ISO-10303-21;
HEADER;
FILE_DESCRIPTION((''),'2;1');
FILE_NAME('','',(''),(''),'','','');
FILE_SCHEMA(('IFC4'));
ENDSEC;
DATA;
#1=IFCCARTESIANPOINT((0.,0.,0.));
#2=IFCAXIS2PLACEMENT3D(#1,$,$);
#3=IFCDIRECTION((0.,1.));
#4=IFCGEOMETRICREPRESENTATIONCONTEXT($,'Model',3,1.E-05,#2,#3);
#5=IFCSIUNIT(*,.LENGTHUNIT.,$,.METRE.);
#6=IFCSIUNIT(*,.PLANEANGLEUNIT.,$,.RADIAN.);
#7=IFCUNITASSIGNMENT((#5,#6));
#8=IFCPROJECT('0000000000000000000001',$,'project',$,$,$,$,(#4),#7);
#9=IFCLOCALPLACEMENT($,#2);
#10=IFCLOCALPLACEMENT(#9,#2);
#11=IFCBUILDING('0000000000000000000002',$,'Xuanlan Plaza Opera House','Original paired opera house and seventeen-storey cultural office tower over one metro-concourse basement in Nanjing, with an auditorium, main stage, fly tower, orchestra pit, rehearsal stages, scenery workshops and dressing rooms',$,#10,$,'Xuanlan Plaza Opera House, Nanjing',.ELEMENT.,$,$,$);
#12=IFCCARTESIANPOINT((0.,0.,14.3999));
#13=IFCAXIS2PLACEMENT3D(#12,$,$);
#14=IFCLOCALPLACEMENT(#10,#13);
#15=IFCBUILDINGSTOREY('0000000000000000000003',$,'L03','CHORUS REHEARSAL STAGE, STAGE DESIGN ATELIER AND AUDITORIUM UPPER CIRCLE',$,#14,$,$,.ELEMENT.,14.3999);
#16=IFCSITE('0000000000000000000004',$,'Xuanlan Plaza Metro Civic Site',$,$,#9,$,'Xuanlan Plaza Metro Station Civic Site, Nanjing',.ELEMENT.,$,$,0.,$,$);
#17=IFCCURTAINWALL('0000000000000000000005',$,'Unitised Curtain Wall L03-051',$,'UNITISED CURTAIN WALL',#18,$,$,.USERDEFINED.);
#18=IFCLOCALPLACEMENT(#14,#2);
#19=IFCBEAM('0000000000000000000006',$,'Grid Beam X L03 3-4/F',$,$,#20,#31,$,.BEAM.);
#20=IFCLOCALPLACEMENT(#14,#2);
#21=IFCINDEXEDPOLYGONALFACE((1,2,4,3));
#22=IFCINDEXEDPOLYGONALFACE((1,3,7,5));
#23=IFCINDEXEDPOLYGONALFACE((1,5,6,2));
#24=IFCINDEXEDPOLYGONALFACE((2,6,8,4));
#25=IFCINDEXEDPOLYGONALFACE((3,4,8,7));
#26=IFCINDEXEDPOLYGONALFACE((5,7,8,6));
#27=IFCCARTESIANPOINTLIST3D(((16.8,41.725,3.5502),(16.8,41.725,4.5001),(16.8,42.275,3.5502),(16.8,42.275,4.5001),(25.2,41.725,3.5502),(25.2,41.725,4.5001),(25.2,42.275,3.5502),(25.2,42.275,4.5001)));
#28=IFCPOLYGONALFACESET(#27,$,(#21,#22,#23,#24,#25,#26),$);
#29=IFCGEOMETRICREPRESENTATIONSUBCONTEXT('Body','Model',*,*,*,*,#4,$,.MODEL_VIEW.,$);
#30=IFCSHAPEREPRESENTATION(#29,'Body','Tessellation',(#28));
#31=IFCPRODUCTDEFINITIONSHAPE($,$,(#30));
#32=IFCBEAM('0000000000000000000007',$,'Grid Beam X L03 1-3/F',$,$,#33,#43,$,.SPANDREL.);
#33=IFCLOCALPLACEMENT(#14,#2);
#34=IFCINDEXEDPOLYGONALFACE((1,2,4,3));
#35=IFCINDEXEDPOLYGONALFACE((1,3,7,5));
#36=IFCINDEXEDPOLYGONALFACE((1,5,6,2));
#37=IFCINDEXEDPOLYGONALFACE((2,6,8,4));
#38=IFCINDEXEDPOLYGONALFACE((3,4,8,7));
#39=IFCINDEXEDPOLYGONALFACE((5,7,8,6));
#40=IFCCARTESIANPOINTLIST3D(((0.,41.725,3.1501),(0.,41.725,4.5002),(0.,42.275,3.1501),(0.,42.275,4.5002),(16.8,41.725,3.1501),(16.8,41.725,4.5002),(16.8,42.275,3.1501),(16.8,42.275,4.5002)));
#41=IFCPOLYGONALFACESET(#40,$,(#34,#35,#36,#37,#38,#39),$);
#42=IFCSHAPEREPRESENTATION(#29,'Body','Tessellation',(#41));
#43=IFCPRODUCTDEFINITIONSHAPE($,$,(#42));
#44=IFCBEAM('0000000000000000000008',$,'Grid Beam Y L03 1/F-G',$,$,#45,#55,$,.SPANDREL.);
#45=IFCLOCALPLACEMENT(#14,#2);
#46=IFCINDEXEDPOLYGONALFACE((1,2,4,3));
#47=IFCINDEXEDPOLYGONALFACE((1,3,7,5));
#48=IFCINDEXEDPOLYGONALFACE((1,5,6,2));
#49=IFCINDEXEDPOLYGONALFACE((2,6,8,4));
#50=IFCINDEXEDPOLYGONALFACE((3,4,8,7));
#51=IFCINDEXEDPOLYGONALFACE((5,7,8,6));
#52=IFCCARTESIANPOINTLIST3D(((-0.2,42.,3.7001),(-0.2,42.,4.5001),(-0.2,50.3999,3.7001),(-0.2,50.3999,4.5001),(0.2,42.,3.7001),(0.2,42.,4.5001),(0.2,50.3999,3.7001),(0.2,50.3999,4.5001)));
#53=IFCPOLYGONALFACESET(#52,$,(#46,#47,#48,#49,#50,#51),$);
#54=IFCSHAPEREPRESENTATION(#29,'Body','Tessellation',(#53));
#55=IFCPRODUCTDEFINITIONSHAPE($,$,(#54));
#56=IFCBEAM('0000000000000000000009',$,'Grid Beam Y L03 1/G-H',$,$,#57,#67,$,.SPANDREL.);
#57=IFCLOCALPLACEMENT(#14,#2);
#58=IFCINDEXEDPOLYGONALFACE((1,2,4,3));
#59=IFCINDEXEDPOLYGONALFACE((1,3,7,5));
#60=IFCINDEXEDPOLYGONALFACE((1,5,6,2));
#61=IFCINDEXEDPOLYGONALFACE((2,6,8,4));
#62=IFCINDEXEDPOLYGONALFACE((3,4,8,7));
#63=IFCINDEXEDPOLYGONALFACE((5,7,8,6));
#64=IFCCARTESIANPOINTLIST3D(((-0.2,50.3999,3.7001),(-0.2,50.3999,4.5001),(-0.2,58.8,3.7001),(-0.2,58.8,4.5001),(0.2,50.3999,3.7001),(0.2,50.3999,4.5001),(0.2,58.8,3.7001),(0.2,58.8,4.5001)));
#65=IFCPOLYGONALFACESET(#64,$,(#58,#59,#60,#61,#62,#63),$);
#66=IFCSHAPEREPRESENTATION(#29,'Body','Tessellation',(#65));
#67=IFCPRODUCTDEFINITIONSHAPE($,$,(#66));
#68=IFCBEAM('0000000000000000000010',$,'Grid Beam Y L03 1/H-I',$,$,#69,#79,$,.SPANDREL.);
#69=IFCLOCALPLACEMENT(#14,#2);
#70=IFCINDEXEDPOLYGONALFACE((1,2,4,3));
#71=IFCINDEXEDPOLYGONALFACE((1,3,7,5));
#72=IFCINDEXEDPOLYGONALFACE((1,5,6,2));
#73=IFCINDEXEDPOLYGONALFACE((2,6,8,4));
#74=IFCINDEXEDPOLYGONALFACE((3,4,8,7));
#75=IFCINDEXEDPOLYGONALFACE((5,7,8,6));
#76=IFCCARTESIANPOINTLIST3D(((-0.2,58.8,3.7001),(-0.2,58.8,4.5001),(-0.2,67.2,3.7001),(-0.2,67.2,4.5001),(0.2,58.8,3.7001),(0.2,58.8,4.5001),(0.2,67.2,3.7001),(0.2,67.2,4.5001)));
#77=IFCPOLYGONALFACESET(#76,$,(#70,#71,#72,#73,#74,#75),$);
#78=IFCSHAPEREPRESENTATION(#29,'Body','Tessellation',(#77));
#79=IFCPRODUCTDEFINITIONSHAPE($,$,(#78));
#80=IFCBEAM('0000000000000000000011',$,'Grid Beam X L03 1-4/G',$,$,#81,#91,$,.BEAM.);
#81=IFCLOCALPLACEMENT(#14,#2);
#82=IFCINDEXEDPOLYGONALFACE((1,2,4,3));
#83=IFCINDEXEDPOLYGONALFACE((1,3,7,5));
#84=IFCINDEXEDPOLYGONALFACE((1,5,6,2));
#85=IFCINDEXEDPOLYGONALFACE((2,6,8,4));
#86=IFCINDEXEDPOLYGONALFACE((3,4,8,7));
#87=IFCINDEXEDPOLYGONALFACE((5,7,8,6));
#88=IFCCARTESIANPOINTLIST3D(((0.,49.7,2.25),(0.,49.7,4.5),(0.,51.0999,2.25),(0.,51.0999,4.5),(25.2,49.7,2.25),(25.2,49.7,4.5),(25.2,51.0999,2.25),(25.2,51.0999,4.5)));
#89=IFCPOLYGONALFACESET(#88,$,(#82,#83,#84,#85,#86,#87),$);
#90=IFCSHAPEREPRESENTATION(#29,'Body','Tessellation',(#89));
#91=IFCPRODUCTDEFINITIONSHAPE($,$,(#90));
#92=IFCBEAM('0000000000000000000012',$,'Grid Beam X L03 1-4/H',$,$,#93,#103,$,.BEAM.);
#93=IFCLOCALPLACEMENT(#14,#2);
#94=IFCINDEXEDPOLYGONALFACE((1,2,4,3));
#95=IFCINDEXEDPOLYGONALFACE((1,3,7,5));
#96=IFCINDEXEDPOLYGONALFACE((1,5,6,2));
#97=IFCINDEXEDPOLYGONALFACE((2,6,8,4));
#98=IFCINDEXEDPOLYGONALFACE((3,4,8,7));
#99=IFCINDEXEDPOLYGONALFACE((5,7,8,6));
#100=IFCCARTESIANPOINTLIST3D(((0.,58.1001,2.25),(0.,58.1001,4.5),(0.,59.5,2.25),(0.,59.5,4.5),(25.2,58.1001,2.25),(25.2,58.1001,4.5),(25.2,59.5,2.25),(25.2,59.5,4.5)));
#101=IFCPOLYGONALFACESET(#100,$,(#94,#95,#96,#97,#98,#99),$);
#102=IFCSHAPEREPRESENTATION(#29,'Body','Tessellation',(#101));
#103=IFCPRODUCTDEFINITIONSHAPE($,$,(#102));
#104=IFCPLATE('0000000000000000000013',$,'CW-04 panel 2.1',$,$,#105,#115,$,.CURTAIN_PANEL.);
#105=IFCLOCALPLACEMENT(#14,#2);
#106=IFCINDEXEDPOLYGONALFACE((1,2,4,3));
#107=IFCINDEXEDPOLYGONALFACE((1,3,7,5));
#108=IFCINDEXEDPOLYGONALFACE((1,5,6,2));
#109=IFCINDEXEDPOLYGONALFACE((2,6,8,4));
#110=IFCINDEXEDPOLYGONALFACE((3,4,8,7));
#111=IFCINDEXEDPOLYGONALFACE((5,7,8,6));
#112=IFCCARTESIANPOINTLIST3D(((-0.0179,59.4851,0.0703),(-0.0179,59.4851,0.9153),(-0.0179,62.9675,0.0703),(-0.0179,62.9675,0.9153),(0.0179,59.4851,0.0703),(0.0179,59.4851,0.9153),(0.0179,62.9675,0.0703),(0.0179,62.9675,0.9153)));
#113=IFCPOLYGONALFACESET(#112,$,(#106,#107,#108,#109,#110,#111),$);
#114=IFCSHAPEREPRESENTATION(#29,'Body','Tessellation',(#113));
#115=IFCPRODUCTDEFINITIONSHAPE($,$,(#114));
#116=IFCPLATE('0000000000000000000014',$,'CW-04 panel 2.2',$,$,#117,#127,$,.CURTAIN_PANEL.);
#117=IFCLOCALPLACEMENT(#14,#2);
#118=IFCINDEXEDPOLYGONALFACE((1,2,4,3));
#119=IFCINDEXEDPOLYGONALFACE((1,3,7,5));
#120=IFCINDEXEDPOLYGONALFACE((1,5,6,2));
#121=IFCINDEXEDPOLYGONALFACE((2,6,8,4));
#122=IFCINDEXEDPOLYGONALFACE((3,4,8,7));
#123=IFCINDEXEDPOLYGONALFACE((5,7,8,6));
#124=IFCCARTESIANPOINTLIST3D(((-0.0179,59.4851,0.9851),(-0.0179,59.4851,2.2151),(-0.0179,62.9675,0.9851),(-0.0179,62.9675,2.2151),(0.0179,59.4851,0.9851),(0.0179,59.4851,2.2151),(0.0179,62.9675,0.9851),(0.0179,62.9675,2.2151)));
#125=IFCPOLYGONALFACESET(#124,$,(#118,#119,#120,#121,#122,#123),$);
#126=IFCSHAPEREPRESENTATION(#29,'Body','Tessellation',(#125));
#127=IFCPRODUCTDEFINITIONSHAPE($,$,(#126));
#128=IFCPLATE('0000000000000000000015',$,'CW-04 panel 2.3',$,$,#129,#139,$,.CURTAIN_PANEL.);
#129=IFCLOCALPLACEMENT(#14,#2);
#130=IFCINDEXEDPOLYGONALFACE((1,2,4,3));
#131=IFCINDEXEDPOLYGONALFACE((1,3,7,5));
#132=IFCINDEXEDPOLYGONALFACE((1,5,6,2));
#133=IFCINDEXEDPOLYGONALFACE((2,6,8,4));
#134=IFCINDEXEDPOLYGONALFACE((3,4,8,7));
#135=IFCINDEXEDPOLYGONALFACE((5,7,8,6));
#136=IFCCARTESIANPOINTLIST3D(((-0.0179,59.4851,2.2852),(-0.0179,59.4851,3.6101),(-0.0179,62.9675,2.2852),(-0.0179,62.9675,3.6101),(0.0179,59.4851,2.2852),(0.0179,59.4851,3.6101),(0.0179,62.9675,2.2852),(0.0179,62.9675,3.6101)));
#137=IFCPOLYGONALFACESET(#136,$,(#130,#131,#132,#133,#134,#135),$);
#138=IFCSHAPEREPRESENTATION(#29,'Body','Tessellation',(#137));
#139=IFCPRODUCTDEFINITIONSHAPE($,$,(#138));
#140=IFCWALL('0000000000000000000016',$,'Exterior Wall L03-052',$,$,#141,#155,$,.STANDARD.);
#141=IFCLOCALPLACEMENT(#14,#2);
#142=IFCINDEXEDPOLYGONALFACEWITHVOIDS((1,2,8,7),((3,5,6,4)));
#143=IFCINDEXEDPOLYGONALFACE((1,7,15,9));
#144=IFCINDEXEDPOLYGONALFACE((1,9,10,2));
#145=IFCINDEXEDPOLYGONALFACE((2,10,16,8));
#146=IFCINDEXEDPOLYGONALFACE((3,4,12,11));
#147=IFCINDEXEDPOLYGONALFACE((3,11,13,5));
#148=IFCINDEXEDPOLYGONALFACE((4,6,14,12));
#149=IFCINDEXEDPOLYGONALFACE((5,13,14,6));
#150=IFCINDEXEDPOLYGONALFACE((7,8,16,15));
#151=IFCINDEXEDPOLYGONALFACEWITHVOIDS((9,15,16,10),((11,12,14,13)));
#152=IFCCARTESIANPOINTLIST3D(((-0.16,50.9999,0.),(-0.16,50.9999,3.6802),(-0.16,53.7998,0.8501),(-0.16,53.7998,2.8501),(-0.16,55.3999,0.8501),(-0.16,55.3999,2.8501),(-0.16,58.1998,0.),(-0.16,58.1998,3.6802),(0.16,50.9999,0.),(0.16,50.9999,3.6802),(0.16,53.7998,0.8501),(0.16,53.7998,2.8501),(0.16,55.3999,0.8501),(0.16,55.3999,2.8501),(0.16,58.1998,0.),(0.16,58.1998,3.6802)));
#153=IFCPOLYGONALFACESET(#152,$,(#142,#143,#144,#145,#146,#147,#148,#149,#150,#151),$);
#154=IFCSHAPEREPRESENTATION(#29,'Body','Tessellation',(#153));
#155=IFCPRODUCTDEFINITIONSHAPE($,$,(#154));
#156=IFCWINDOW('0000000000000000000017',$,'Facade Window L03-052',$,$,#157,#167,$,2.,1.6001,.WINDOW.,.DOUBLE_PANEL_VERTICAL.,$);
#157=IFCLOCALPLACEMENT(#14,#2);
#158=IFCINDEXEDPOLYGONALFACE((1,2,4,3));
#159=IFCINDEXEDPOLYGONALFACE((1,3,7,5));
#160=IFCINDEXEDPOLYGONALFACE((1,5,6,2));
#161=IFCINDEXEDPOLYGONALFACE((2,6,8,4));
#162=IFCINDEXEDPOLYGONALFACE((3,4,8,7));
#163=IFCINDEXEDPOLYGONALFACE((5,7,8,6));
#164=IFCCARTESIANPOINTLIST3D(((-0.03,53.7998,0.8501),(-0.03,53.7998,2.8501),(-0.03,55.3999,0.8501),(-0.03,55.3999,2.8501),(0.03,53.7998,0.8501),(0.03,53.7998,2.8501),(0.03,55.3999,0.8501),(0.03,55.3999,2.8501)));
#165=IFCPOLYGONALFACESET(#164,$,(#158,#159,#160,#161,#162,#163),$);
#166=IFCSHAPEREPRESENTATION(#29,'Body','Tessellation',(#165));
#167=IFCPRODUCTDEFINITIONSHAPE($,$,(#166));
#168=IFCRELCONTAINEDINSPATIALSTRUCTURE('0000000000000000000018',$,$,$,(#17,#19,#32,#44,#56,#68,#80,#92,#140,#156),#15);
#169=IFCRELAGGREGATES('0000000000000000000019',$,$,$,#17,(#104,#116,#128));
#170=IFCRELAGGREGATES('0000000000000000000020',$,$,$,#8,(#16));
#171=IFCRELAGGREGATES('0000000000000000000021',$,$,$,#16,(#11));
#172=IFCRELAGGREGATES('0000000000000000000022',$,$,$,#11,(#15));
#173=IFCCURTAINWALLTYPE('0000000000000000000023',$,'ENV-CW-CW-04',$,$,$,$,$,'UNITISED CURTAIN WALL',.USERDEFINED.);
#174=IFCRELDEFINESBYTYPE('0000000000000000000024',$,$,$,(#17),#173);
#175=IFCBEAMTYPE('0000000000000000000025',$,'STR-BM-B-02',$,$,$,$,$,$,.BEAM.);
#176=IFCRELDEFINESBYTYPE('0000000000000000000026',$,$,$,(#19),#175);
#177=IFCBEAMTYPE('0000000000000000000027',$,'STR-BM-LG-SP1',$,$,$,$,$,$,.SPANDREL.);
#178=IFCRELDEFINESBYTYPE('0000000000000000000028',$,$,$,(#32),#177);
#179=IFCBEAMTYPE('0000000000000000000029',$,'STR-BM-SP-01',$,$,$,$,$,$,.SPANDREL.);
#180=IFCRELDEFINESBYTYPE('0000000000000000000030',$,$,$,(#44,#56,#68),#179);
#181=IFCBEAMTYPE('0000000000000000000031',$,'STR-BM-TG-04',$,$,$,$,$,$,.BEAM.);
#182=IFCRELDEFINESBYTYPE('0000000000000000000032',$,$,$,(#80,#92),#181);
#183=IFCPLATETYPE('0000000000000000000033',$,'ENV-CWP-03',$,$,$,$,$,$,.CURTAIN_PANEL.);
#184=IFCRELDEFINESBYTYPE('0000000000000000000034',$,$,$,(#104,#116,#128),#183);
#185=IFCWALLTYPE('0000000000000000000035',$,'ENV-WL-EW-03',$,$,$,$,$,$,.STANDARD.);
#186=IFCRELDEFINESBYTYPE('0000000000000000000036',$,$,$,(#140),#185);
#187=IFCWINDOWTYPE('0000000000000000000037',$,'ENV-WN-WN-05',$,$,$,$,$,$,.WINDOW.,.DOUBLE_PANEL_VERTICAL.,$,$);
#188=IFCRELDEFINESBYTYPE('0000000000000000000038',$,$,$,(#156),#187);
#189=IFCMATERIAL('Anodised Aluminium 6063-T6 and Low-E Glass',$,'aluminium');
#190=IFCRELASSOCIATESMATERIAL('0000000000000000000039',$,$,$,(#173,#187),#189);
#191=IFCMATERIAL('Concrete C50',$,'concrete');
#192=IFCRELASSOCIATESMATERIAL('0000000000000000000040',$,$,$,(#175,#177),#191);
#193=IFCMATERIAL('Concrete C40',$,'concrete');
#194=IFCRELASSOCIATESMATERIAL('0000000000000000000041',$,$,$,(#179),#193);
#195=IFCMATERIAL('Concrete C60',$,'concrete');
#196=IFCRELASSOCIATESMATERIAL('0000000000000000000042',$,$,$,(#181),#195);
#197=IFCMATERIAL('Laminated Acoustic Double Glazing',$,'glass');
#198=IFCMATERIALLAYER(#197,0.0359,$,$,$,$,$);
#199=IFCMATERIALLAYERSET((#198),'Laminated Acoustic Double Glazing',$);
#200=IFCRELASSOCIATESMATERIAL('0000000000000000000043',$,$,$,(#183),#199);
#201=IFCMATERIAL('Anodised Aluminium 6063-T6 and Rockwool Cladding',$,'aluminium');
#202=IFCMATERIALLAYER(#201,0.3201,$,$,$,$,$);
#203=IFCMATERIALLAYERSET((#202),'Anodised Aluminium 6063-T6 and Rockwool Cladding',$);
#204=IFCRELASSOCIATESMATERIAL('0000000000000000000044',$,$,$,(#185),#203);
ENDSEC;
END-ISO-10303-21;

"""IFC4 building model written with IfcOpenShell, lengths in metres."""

from ifc_helpers import new_model, si_unit, direction, frame, frame_2d, origin, origin_2d, place, context, subcontext, project, spatial, rectangle, extrude, material, layer, layer_set, material_profile, profile_set, type_object, element, fill, aggregate, save


model = new_model("IFC4")

# Units and contexts
model_context = context("Model", 3, precision=1e-05, world=origin(), true_north=direction((0.0, 1.0)))
body_context = subcontext(model_context, "Body", "Model", "MODEL_VIEW")
ifc_project = project(units=[si_unit("LENGTHUNIT", "METRE"), si_unit("PLANEANGLEUNIT", "RADIAN")], contexts=[model_context])

# Site, building, storey
site_placement = place(None, origin())
site = spatial("IfcSite", under=ifc_project, at=site_placement, Name="Xuanlan Plaza Metro Civic Site", LongName="Xuanlan Plaza Metro Station Civic Site, Nanjing", CompositionType="ELEMENT", RefElevation=0.0)
building_placement = place(site_placement, origin())
building = spatial("IfcBuilding", under=site, at=building_placement, Name="Xuanlan Plaza Opera House", Description="Original paired opera house and seventeen-storey cultural office tower over one metro-concourse basement in Nanjing, with an auditorium, main stage, fly tower, orchestra pit, rehearsal stages, scenery workshops and dressing rooms", LongName="Xuanlan Plaza Opera House, Nanjing", CompositionType="ELEMENT")
storey_placement = place(building_placement, frame((0.0, 0.0, 14.3999)))
storey = spatial("IfcBuildingStorey", under=building, at=storey_placement, Name="L03", Description="CHORUS REHEARSAL STAGE, STAGE DESIGN ATELIER AND AUDITORIUM UPPER CIRCLE", CompositionType="ELEMENT", Elevation=14.3999)

# Shared definitions
ifc_material_1 = material(Name="Concrete C60", Category="concrete")
ifc_material_2 = material(Name="Concrete C40", Category="concrete")

# Curtain wall
ifc_material_3 = material(Name="Anodised Aluminium 6063-T6 and Low-E Glass", Category="aluminium")
curtain_wall_type_1 = type_object("IfcCurtainWallType", Name="ENV-CW-CW-04", ElementType="UNITISED CURTAIN WALL", PredefinedType="USERDEFINED", material=ifc_material_3)
curtain_wall_1_placement = place(storey_placement, origin())
curtain_wall_1 = element("IfcCurtainWall", 1, at=curtain_wall_1_placement, inside=storey, type_object=curtain_wall_type_1, Name="Unitised Curtain Wall L03-051", ObjectType="UNITISED CURTAIN WALL", PredefinedType="USERDEFINED")

# Beams
ifc_material_4 = material(Name="Concrete C50", Category="concrete")
ifc_material_profile_1 = material_profile(ifc_material_4, rectangle(XDim=0.55, YDim=0.95, at=origin_2d()), Name="RC-BM 550x950")
ifc_profile_set_1 = profile_set([ifc_material_profile_1], Name="Concrete C50")
beam_type_1 = type_object("IfcBeamType", Name="STR-BM-B-02", PredefinedType="BEAM", material=ifc_profile_set_1)
beam_1_placement = place(storey_placement, frame((16.8, 42.0, 4.0251), z_axis=(1.0, 0.0, 0.0), x_axis=(0.0, 1.0, 0.0)))
element("IfcBeam", 2, at=beam_1_placement, inside=storey, type_object=beam_type_1, Name="Grid Beam X L03 3-4/F", PredefinedType="BEAM", context=body_context, shape_type="SweptSolid", body=[
    extrude(rectangle(XDim=0.55, YDim=0.95, at=origin_2d()), origin(), (0.0, 0.0, 1.0), 8.3999),
])
ifc_material_profile_2 = material_profile(ifc_material_4, rectangle(XDim=0.55, YDim=1.3501, at=origin_2d()), Name="RC-SPD 550x1350")
ifc_profile_set_2 = profile_set([ifc_material_profile_2], Name="Concrete C50")
beam_type_2 = type_object("IfcBeamType", Name="STR-BM-LG-SP1", PredefinedType="SPANDREL", material=ifc_profile_set_2)
beam_2_placement = place(storey_placement, frame((0.0, 42.0, 3.8252), z_axis=(1.0, 0.0, 0.0), x_axis=(0.0, 1.0, 0.0)))
element("IfcBeam", 3, at=beam_2_placement, inside=storey, type_object=beam_type_2, Name="Grid Beam X L03 1-3/F", PredefinedType="SPANDREL", context=body_context, shape_type="SweptSolid", body=[
    extrude(rectangle(XDim=0.55, YDim=1.3501, at=origin_2d()), origin(), (0.0, 0.0, 1.0), 16.8),
])
ifc_material_profile_3 = material_profile(ifc_material_2, rectangle(XDim=0.3999, YDim=0.8, at=origin_2d()), Name="RC-SPD 400x800")
ifc_profile_set_3 = profile_set([ifc_material_profile_3], Name="Concrete C40")
beam_type_3 = type_object("IfcBeamType", Name="STR-BM-SP-01", PredefinedType="SPANDREL", material=ifc_profile_set_3)
beam_3_placement = place(storey_placement, frame((0.0, 42.0, 4.1001), z_axis=(0.0, 1.0, 0.0), x_axis=(-1.0, 0.0, 0.0)))
element("IfcBeam", 4, at=beam_3_placement, inside=storey, type_object=beam_type_3, Name="Grid Beam Y L03 1/F-G", PredefinedType="SPANDREL", context=body_context, shape_type="SweptSolid", body=[
    extrude(rectangle(XDim=0.3999, YDim=0.8, at=origin_2d()), origin(), (0.0, 0.0, 1.0), 8.3999),
])
beam_4_placement = place(storey_placement, frame((0.0, 50.3999, 4.1001), z_axis=(0.0, 1.0, 0.0), x_axis=(-1.0, 0.0, 0.0)))
element("IfcBeam", 5, at=beam_4_placement, inside=storey, type_object=beam_type_3, Name="Grid Beam Y L03 1/G-H", PredefinedType="SPANDREL", context=body_context, shape_type="SweptSolid", body=[
    extrude(rectangle(XDim=0.3999, YDim=0.8, at=origin_2d()), origin(), (0.0, 0.0, 1.0), 8.4001),
])
beam_5_placement = place(storey_placement, frame((0.0, 58.8, 4.1001), z_axis=(0.0, 1.0, 0.0), x_axis=(-1.0, 0.0, 0.0)))
element("IfcBeam", 6, at=beam_5_placement, inside=storey, type_object=beam_type_3, Name="Grid Beam Y L03 1/H-I", PredefinedType="SPANDREL", context=body_context, shape_type="SweptSolid", body=[
    extrude(rectangle(XDim=0.3999, YDim=0.8, at=origin_2d()), origin(), (0.0, 0.0, 1.0), 8.3999),
])
ifc_material_profile_4 = material_profile(ifc_material_1, rectangle(XDim=1.3999, YDim=2.25, at=origin_2d()), Name="RC-TG 1400x2250")
ifc_profile_set_4 = profile_set([ifc_material_profile_4], Name="Concrete C60")
beam_type_4 = type_object("IfcBeamType", Name="STR-BM-TG-04", PredefinedType="BEAM", material=ifc_profile_set_4)
for number, where, z_axis, x_axis, name in (
    (7, (0.0, 50.3999, 3.375), (1.0, 0.0, 0.0), (0.0, 1.0, 0.0), "Grid Beam X L03 1-4/G"),
    (8, (0.0, 58.8, 3.375), (1.0, 0.0, 0.0), (0.0, 1.0, 0.0), "Grid Beam X L03 1-4/H"),
):
    element("IfcBeam", number, at=place(storey_placement, frame(where, z_axis=z_axis, x_axis=x_axis)), inside=storey, type_object=beam_type_4, Name=name, PredefinedType="BEAM", context=body_context, shape_type="SweptSolid", body=[
        extrude(rectangle(XDim=1.3999, YDim=2.25, at=origin_2d()), origin(), (0.0, 0.0, 1.0), 25.2),
    ])

# Plates
ifc_material_5 = material(Name="Laminated Acoustic Double Glazing", Category="glass")
ifc_layer_1 = layer(ifc_material_5, 0.0359)
ifc_layer_set_1 = layer_set([ifc_layer_1], Name="Laminated Acoustic Double Glazing")
plate_type = type_object("IfcPlateType", Name="ENV-CWP-03", PredefinedType="CURTAIN_PANEL", material=ifc_layer_set_1)
plate_1_placement = place(storey_placement, frame((0.0, 61.2263, 0.0703), z_axis=(0.0, 0.0, 1.0), x_axis=(0.0, -1.0, 0.0)))
plate_1 = element("IfcPlate", 9, at=plate_1_placement, type_object=plate_type, Name="CW-04 panel 2.1", PredefinedType="CURTAIN_PANEL", context=body_context, shape_type="SweptSolid", body=[
    extrude(rectangle(XDim=3.4824, YDim=0.0359, at=origin_2d()), origin(), (0.0, 0.0, 1.0), 0.845),
])
plate_2_placement = place(storey_placement, frame((0.0, 61.2263, 0.9851), z_axis=(0.0, 0.0, 1.0), x_axis=(0.0, -1.0, 0.0)))
plate_2 = element("IfcPlate", 10, at=plate_2_placement, type_object=plate_type, Name="CW-04 panel 2.2", PredefinedType="CURTAIN_PANEL", context=body_context, shape_type="SweptSolid", body=[
    extrude(rectangle(XDim=3.4824, YDim=0.0359, at=origin_2d()), origin(), (0.0, 0.0, 1.0), 1.23),
])
plate_3_placement = place(storey_placement, frame((0.0, 61.2263, 2.2852), z_axis=(0.0, 0.0, 1.0), x_axis=(0.0, -1.0, 0.0)))
plate_3 = element("IfcPlate", 11, at=plate_3_placement, type_object=plate_type, Name="CW-04 panel 2.3", PredefinedType="CURTAIN_PANEL", context=body_context, shape_type="SweptSolid", body=[
    extrude(rectangle(XDim=3.4824, YDim=0.0359, at=origin_2d()), origin(), (0.0, 0.0, 1.0), 1.325),
])
aggregate(curtain_wall_1, [plate_1, plate_2, plate_3])

# Wall, opening, window
ifc_material_6 = material(Name="Anodised Aluminium 6063-T6 and Rockwool Cladding", Category="aluminium")
ifc_layer_2 = layer(ifc_material_6, 0.3201)
ifc_layer_set_2 = layer_set([ifc_layer_2], Name="Anodised Aluminium 6063-T6 and Rockwool Cladding")
wall_type_1 = type_object("IfcWallType", Name="ENV-WL-EW-03", PredefinedType="STANDARD", material=ifc_layer_set_2)
wall_1_placement = place(storey_placement, frame((0.0, 58.2, 0.0), z_axis=(0.0, 0.0, 1.0), x_axis=(0.0, -1.0, 0.0)))
wall_1 = element("IfcWall", 12, at=wall_1_placement, inside=storey, type_object=wall_type_1, Name="Exterior Wall L03-052", PredefinedType="STANDARD", context=body_context, shape_type="SweptSolid", body=[
    extrude(rectangle(XDim=7.2, YDim=0.3201, at=frame_2d((3.6001, 0.0))), origin(), (0.0, 0.0, 1.0), 3.6802),
])
opening_1_placement = place(wall_1_placement, frame((2.8, 0.0, 0.8501)))
opening_1 = element("IfcOpeningElement", 13, at=opening_1_placement, cuts=wall_1, PredefinedType="OPENING", context=body_context, shape_type="SweptSolid", body=[
    extrude(rectangle(XDim=1.6001, YDim=2.0, at=frame_2d((0.8, 1.0))), frame((0.0, 0.1699, 0.0), z_axis=(0.0, -1.0, 0.0), x_axis=(1.0, 0.0, 0.0)), (0.0, 0.0, 1.0), 0.3401),
])
window_type_1 = type_object("IfcWindowType", Name="ENV-WN-WN-05", PartitioningType="DOUBLE_PANEL_VERTICAL", PredefinedType="WINDOW", material=ifc_material_3)
window_1_placement = place(opening_1_placement, origin())
window_1 = element("IfcWindow", 14, at=window_1_placement, inside=storey, type_object=window_type_1, Name="Facade Window L03-052", OverallHeight=2.0, OverallWidth=1.6001, PartitioningType="DOUBLE_PANEL_VERTICAL", PredefinedType="WINDOW", context=body_context, shape_type="SweptSolid", body=[
    extrude(rectangle(XDim=1.6001, YDim=2.0, at=frame_2d((0.8, 1.0))), frame((0.0, 0.03, 0.0), z_axis=(0.0, -1.0, 0.0), x_axis=(1.0, 0.0, 0.0)), (0.0, 0.0, 1.0), 0.0601),
])
fill(opening_1, window_1)

save(model, "model.ifc")
